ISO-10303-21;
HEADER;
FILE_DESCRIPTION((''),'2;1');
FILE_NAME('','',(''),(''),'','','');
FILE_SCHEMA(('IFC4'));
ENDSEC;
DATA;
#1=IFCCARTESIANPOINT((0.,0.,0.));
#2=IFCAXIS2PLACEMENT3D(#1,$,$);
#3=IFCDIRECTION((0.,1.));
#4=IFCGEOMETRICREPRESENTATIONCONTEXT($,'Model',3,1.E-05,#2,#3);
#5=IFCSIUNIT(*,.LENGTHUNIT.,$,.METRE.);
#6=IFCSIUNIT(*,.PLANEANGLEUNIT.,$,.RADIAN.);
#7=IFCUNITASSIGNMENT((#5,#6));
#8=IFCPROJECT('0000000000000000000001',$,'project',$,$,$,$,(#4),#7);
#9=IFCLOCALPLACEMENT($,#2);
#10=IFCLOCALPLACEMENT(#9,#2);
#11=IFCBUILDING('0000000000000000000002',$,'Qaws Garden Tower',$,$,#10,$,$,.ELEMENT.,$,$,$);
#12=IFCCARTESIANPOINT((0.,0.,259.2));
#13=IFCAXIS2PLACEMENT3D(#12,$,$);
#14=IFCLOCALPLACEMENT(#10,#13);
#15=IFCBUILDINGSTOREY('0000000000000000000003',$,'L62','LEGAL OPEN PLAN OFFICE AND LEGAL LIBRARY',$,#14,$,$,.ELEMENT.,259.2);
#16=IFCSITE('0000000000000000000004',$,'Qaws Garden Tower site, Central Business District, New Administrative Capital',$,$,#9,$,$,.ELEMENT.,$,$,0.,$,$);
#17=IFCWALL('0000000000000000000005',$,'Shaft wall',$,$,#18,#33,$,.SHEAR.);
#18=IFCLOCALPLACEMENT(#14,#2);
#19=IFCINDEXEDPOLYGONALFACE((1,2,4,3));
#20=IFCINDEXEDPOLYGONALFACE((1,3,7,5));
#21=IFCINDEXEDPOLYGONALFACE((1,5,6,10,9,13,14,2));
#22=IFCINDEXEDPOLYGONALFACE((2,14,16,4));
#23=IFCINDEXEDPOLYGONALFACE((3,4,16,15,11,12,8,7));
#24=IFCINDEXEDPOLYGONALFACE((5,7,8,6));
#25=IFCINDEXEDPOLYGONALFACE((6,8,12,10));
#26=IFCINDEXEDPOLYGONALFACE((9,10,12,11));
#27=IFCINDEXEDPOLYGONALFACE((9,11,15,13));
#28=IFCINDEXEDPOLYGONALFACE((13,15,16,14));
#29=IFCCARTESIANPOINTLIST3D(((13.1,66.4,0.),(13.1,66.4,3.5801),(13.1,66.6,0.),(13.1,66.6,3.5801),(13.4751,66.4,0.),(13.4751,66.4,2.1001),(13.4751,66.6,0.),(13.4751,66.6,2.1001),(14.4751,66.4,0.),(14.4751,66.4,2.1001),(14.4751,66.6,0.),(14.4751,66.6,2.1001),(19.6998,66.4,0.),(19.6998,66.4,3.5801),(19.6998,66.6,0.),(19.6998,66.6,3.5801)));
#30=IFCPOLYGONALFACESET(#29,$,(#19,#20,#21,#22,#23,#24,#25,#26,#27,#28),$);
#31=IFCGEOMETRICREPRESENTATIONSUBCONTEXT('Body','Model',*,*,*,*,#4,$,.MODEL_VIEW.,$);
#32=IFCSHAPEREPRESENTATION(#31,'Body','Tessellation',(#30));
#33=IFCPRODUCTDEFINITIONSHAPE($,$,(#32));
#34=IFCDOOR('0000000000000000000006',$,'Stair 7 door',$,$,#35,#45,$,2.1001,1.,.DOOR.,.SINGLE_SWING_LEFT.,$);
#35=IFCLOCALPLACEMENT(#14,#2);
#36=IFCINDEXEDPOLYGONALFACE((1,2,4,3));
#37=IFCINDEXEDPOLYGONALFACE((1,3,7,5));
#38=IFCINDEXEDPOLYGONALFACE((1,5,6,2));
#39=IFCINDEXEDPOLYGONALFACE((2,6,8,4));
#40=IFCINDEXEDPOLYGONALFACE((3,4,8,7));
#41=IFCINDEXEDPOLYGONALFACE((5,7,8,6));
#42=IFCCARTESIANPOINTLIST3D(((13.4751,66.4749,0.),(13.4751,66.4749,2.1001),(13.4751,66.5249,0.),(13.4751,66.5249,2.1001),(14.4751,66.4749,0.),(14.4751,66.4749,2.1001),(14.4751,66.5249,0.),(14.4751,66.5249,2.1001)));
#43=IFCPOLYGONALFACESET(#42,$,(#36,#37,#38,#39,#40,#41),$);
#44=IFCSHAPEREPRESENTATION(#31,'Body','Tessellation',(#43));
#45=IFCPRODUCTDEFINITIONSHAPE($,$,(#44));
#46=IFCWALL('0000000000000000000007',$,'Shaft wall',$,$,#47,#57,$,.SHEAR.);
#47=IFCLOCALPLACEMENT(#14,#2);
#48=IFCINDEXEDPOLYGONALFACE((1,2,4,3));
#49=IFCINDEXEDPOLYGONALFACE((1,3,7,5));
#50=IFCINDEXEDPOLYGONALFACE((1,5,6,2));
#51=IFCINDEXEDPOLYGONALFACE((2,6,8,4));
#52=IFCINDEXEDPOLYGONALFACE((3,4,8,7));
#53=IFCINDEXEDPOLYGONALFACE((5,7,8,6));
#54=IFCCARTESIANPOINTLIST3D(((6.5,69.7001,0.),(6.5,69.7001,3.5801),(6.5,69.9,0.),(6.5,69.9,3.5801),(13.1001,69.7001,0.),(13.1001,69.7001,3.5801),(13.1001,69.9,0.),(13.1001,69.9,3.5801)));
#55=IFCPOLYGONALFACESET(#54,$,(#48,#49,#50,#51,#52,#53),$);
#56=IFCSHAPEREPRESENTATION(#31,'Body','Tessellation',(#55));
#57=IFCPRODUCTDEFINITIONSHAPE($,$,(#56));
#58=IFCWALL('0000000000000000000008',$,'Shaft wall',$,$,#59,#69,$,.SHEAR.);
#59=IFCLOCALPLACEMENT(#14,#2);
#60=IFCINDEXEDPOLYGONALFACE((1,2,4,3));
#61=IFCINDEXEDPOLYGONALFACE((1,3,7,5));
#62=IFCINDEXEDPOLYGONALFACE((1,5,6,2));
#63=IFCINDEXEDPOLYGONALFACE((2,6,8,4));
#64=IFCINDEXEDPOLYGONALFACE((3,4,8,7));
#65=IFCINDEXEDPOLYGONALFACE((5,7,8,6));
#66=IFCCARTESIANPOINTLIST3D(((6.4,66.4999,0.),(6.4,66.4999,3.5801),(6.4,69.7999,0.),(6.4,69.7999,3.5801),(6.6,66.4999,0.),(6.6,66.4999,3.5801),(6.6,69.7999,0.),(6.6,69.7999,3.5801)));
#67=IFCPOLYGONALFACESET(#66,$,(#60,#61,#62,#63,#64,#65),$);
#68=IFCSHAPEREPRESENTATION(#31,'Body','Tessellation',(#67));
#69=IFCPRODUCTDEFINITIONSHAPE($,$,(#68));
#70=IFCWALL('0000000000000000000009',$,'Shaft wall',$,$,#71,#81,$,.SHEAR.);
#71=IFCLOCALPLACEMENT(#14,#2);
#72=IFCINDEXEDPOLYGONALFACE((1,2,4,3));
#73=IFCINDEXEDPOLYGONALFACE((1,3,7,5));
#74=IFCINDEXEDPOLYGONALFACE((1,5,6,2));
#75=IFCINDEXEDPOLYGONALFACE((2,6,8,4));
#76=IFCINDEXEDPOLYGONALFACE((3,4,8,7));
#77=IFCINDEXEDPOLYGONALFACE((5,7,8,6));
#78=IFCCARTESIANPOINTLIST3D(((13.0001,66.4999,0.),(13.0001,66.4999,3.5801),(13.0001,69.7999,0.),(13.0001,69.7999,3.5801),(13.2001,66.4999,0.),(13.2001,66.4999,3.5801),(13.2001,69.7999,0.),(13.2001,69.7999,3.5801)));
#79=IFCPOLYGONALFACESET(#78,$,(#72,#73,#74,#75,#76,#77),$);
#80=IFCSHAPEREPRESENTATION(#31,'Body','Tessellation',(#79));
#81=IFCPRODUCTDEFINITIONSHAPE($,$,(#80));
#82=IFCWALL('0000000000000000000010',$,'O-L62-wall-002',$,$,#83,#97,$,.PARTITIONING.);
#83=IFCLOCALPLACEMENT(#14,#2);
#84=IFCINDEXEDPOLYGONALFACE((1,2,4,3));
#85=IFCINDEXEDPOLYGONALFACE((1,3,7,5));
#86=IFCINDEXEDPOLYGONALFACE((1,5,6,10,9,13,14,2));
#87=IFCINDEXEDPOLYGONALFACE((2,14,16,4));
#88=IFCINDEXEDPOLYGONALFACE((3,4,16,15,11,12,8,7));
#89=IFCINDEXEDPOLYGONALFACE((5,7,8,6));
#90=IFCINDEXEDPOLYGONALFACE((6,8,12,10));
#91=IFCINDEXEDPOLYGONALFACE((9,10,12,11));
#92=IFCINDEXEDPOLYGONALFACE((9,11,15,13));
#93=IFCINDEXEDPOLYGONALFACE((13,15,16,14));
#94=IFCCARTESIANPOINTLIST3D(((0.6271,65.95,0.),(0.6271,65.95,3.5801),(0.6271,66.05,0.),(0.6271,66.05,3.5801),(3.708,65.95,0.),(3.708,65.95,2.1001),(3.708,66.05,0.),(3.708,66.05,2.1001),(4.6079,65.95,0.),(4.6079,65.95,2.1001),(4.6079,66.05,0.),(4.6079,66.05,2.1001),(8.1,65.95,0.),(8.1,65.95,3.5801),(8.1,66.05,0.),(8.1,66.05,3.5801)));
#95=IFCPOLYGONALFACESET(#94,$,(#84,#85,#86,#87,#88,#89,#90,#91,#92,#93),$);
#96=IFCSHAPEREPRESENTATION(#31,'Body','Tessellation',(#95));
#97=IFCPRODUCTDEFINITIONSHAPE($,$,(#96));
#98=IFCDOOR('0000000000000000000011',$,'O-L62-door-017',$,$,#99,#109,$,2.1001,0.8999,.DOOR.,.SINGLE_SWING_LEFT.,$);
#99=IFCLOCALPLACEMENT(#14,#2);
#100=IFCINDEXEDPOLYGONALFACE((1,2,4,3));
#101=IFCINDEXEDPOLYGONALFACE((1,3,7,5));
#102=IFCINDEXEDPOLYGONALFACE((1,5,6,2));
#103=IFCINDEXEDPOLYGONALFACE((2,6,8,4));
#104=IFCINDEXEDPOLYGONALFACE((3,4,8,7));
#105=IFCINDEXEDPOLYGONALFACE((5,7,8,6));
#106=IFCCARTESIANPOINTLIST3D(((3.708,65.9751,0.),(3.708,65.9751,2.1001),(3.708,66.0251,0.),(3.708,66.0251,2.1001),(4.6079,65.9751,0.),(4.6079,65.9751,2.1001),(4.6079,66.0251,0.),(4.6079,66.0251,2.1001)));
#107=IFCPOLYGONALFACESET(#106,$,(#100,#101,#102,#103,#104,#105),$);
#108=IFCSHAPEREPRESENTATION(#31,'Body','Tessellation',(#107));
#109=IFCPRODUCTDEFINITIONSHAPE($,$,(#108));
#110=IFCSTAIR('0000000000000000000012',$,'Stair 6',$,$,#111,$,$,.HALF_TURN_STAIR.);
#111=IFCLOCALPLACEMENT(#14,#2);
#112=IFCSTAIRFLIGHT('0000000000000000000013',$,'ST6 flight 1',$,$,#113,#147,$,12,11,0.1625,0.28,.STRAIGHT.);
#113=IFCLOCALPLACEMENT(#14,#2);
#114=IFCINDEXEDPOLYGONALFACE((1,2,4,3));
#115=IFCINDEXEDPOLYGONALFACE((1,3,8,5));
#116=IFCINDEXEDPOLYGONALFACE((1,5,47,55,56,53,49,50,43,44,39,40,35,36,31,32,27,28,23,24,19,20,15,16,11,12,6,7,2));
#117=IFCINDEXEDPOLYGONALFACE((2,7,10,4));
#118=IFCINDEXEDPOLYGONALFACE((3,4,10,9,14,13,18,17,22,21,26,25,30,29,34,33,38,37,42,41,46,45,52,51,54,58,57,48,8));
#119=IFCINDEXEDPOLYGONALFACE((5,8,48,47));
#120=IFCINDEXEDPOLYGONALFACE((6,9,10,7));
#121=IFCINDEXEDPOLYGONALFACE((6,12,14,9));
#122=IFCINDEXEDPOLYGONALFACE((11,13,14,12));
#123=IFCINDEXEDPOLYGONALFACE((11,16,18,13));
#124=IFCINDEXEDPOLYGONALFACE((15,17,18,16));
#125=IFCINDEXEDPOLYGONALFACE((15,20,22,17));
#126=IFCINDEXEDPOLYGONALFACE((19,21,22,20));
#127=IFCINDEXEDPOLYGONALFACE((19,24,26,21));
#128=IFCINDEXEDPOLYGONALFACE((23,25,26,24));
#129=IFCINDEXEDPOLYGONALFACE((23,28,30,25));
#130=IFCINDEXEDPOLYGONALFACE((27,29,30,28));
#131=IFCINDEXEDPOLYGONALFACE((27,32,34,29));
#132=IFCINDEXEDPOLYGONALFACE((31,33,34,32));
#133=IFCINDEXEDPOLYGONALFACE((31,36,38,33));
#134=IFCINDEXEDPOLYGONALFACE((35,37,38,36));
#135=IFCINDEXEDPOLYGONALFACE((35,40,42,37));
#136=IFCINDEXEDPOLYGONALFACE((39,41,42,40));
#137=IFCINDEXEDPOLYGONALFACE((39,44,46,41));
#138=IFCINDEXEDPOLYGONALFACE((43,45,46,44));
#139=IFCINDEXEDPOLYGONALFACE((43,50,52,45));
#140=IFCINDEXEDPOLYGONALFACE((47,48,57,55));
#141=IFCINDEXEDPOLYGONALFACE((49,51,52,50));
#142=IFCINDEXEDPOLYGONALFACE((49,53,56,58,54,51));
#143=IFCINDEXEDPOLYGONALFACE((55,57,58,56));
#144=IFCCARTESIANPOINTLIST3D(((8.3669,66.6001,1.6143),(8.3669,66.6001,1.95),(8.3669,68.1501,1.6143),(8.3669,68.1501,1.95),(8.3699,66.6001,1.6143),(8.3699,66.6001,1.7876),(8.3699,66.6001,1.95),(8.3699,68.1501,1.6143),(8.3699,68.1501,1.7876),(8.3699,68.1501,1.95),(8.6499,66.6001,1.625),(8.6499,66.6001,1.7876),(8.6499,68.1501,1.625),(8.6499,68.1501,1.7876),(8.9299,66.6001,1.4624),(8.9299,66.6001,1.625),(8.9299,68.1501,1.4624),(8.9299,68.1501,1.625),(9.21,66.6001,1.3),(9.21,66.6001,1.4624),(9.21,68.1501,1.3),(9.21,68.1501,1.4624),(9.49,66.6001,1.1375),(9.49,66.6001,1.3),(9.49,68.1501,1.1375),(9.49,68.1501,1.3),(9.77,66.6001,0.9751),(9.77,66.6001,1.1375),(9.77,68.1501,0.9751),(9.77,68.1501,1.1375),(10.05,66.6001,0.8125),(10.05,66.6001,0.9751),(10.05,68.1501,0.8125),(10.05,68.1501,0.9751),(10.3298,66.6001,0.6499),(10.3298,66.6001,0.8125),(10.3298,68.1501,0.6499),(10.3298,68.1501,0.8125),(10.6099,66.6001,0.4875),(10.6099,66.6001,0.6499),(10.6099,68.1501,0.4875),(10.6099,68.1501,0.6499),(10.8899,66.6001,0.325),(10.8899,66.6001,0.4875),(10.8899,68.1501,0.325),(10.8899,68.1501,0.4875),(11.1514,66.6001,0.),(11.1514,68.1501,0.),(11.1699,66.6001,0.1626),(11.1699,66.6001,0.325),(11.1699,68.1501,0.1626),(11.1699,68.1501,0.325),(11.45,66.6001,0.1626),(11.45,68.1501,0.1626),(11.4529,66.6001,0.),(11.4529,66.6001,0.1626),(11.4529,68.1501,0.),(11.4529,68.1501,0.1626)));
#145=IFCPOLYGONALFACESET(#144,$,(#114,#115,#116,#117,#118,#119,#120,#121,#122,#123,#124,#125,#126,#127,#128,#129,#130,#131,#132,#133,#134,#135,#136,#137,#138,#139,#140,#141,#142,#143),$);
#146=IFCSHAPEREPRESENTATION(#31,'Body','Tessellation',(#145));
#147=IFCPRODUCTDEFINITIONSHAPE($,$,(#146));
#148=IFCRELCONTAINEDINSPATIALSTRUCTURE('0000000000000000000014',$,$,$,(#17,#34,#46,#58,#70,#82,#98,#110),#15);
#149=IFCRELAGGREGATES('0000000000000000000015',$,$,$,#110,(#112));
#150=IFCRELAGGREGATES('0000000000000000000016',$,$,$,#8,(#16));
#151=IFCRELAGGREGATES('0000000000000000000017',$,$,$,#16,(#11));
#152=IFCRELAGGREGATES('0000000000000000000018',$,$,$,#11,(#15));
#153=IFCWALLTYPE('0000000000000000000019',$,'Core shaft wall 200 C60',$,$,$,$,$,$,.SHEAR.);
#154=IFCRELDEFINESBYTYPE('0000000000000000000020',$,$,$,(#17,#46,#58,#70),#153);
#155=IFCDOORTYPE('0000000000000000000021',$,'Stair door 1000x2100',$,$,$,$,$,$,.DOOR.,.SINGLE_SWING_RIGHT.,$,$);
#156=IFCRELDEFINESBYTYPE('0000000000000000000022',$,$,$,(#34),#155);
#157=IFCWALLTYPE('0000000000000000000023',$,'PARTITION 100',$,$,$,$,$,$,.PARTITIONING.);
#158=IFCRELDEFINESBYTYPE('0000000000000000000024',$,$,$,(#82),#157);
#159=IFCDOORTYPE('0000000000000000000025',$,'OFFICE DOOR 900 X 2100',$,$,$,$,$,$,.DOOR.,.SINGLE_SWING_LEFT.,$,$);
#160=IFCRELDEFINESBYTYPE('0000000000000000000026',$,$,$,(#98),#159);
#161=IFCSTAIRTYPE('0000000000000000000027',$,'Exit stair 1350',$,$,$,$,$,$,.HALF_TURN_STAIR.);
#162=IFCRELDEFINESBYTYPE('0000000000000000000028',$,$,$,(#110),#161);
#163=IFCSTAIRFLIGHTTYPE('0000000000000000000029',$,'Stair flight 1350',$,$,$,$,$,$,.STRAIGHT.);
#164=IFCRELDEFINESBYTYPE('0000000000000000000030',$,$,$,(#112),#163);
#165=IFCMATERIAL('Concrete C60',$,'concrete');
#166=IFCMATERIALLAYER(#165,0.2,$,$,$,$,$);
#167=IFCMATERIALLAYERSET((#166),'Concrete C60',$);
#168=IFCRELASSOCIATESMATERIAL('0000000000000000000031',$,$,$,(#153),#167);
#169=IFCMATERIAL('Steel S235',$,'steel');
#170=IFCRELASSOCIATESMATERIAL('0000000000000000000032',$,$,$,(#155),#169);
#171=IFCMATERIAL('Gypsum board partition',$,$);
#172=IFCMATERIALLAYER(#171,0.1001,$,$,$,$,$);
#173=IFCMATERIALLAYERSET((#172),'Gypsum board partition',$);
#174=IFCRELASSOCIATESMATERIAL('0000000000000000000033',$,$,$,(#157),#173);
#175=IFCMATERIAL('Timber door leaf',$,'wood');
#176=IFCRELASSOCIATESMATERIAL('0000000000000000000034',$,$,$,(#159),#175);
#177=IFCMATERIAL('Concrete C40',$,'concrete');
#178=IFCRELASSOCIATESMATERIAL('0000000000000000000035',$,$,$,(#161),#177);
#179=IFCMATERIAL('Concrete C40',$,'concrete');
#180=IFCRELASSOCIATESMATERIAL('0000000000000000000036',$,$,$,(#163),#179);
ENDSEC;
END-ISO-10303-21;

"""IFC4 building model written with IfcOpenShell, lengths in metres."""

from ifc_helpers import new_model, si_unit, direction, frame, frame_2d, origin, place, context, subcontext, project, spatial, polyline, rectangle, outline, extrude, material, layer, layer_set, type_object, element, fill, aggregate, save


model = new_model("IFC4")

# Units and contexts
model_context = context("Model", 3, precision=1e-05, world=origin(), true_north=direction((0.0, 1.0)))
body_context = subcontext(model_context, "Body", "Model", "MODEL_VIEW")
ifc_project = project(units=[si_unit("LENGTHUNIT", "METRE"), si_unit("PLANEANGLEUNIT", "RADIAN")], contexts=[model_context])

# Site, building, storey
site_placement = place(None, origin())
site = spatial("IfcSite", under=ifc_project, at=site_placement, Name="Qaws Garden Tower site, Central Business District, New Administrative Capital", CompositionType="ELEMENT", RefElevation=0.0)
building_placement = place(site_placement, origin())
building = spatial("IfcBuilding", under=site, at=building_placement, Name="Qaws Garden Tower", CompositionType="ELEMENT")
storey_placement = place(building_placement, frame((0.0, 0.0, 259.2)))
storey = spatial("IfcBuildingStorey", under=building, at=storey_placement, Name="L62", Description="LEGAL OPEN PLAN OFFICE AND LEGAL LIBRARY", CompositionType="ELEMENT", Elevation=259.2)

# Wall, opening, door
ifc_material_1 = material(Name="Concrete C60", Category="concrete")
ifc_layer_1 = layer(ifc_material_1, 0.2)
ifc_layer_set_1 = layer_set([ifc_layer_1], Name="Concrete C60")
wall_type_1 = type_object("IfcWallType", Name="Core shaft wall 200 C60", PredefinedType="SHEAR", material=ifc_layer_set_1)
ifc_material_2 = material(Name="Steel S235", Category="steel")
door_type_1 = type_object("IfcDoorType", Name="Stair door 1000x2100", OperationType="SINGLE_SWING_RIGHT", PredefinedType="DOOR", material=ifc_material_2)
wall_1_placement = place(storey_placement, frame((13.1001, 66.5, 0.0), z_axis=(0.0, 0.0, 1.0), x_axis=(1.0, 0.0, 0.0)))
wall_1 = element("IfcWall", 1, at=wall_1_placement, inside=storey, type_object=wall_type_1, Name="Shaft wall", PredefinedType="SHEAR", context=body_context, shape_type="SweptSolid", body=[
    extrude(rectangle(XDim=6.5999, YDim=0.2, at=frame_2d((3.2998, 0.0))), origin(), (0.0, 0.0, 1.0), 3.5801),
])
opening_1_placement = place(wall_1_placement, frame((0.375, 0.0, 0.0)))
opening_1 = element("IfcOpeningElement", 2, at=opening_1_placement, cuts=wall_1, PredefinedType="OPENING", context=body_context, shape_type="SweptSolid", body=[
    extrude(rectangle(XDim=1.0, YDim=2.1001, at=frame_2d((0.5, 1.05))), frame((0.0, 0.1099, 0.0), z_axis=(0.0, -1.0, 0.0), x_axis=(1.0, 0.0, 0.0)), (0.0, 0.0, 1.0), 0.22),
])
door_1_placement = place(opening_1_placement, origin())
door_1 = element("IfcDoor", 3, at=door_1_placement, inside=storey, type_object=door_type_1, Name="Stair 7 door", OperationType="SINGLE_SWING_LEFT", OverallHeight=2.1001, OverallWidth=1.0, PredefinedType="DOOR", context=body_context, shape_type="SweptSolid", body=[
    extrude(rectangle(XDim=1.0, YDim=2.1001, at=frame_2d((0.5, 1.05))), frame((0.0, 0.0249, 0.0), z_axis=(0.0, -1.0, 0.0), x_axis=(1.0, 0.0, 0.0)), (0.0, 0.0, 1.0), 0.05),
])
fill(opening_1, door_1)

# Walls
wall_2_placement = place(storey_placement, frame((6.5, 69.8, 0.0), z_axis=(0.0, 0.0, 1.0), x_axis=(1.0, 0.0, 0.0)))
element("IfcWall", 4, at=wall_2_placement, inside=storey, type_object=wall_type_1, Name="Shaft wall", PredefinedType="SHEAR", context=body_context, shape_type="SweptSolid", body=[
    extrude(rectangle(XDim=6.6001, YDim=0.2, at=frame_2d((3.3, 0.0))), origin(), (0.0, 0.0, 1.0), 3.5801),
])
for number, where, z_axis, x_axis, name in (
    (5, (6.5, 66.5, 0.0), (0.0, 0.0, 1.0), (0.0, 1.0, 0.0), "Shaft wall"),
    (6, (13.1001, 66.5, 0.0), (0.0, 0.0, 1.0), (0.0, 1.0, 0.0), "Shaft wall"),
):
    element("IfcWall", number, at=place(storey_placement, frame(where, z_axis=z_axis, x_axis=x_axis)), inside=storey, type_object=wall_type_1, Name=name, PredefinedType="SHEAR", context=body_context, shape_type="SweptSolid", body=[
        extrude(rectangle(XDim=3.3, YDim=0.2, at=frame_2d((1.6499, 0.0))), origin(), (0.0, 0.0, 1.0), 3.5801),
    ])

# Wall, opening, door
ifc_material_3 = material(Name="Gypsum board partition")
ifc_layer_2 = layer(ifc_material_3, 0.1001)
ifc_layer_set_2 = layer_set([ifc_layer_2], Name="Gypsum board partition")
wall_type_2 = type_object("IfcWallType", Name="PARTITION 100", PredefinedType="PARTITIONING", material=ifc_layer_set_2)
wall_3_placement = place(storey_placement, frame((0.6272, 66.0, 0.0), z_axis=(0.0, 0.0, 1.0), x_axis=(1.0, 0.0, 0.0)))
wall_3 = element("IfcWall", 7, at=wall_3_placement, inside=storey, type_object=wall_type_2, Name="O-L62-wall-002", PredefinedType="PARTITIONING", context=body_context, shape_type="SweptSolid", body=[
    extrude(rectangle(XDim=7.4729, YDim=0.1001, at=frame_2d((3.7363, 0.0))), origin(), (0.0, 0.0, 1.0), 3.5801),
])
opening_2_placement = place(wall_3_placement, frame((3.0808, 0.0, 0.0)))
opening_2 = element("IfcOpeningElement", 8, at=opening_2_placement, cuts=wall_3, PredefinedType="OPENING", context=body_context, shape_type="SweptSolid", body=[
    extrude(rectangle(XDim=0.8999, YDim=2.1001, at=frame_2d((0.45, 1.05))), frame((0.0, 0.0601, 0.0), z_axis=(0.0, -1.0, 0.0), x_axis=(1.0, 0.0, 0.0)), (0.0, 0.0, 1.0), 0.1201),
])
ifc_material_4 = material(Name="Timber door leaf", Category="wood")
door_type_2 = type_object("IfcDoorType", Name="OFFICE DOOR 900 X 2100", OperationType="SINGLE_SWING_LEFT", PredefinedType="DOOR", material=ifc_material_4)
door_2_placement = place(opening_2_placement, frame((0.8999, 0.0, 0.0), z_axis=(0.0, 0.0, 1.0), x_axis=(-1.0, 0.0, 0.0)))
door_2 = element("IfcDoor", 9, at=door_2_placement, inside=storey, type_object=door_type_2, Name="O-L62-door-017", OperationType="SINGLE_SWING_LEFT", OverallHeight=2.1001, OverallWidth=0.8999, PredefinedType="DOOR", context=body_context, shape_type="SweptSolid", body=[
    extrude(rectangle(XDim=0.8999, YDim=2.1001, at=frame_2d((0.45, 1.05))), frame((0.0, 0.0249, 0.0), z_axis=(0.0, -1.0, 0.0), x_axis=(1.0, 0.0, 0.0)), (0.0, 0.0, 1.0), 0.05),
])
fill(opening_2, door_2)

# Stair, stair flight
ifc_material_5 = material(Name="Concrete C40", Category="concrete")
stair_type = type_object("IfcStairType", Name="Exit stair 1350", PredefinedType="HALF_TURN_STAIR", material=ifc_material_5)
stair_placement = place(storey_placement, origin())
stair = element("IfcStair", 10, at=stair_placement, inside=storey, type_object=stair_type, Name="Stair 6", PredefinedType="HALF_TURN_STAIR")
ifc_material_6 = material(Name="Concrete C40", Category="concrete")
stair_flight_type = type_object("IfcStairFlightType", Name="Stair flight 1350", PredefinedType="STRAIGHT", material=ifc_material_6)
stair_flight_1_placement = place(storey_placement, frame((11.45, 67.375, 0.0), z_axis=(0.0, 0.0, 1.0), x_axis=(-1.0, 0.0, 0.0)))
stair_flight_1 = element("IfcStairFlight", 11, at=stair_flight_1_placement, type_object=stair_flight_type, Name="ST6 flight 1", NumberOfRisers=12, NumberOfTreads=11, PredefinedType="STRAIGHT", RiserHeight=0.1625, TreadLength=0.28, context=body_context, shape_type="SweptSolid", body=[
    extrude(outline(polyline([(-0.0029, 0.0), (-0.0029, 0.1626), (0.0, 0.1626), (0.28, 0.1626), (0.28, 0.325), (0.5601, 0.325), (0.5601, 0.4875), (0.8401, 0.4875), (0.8401, 0.6499), (1.1201, 0.6499), (1.1201, 0.8125), (1.3999, 0.8125), (1.3999, 0.9751), (1.6799, 0.9751), (1.6799, 1.1375), (1.96, 1.1375), (1.96, 1.3), (2.24, 1.3), (2.24, 1.4624), (2.52, 1.4624), (2.52, 1.625), (2.8, 1.625), (2.8, 1.7876), (3.0801, 1.7876), (3.0801, 1.95), (3.083, 1.95), (3.083, 1.6143), (3.0801, 1.6143), (0.2986, 0.0), (-0.0029, 0.0)])), frame((0.0, 0.7749, 0.0), z_axis=(0.0, -1.0, 0.0), x_axis=(1.0, 0.0, 0.0)), (0.0, 0.0, 1.0), 1.55),
])
aggregate(stair, [stair_flight_1])

save(model, "model.ifc")
